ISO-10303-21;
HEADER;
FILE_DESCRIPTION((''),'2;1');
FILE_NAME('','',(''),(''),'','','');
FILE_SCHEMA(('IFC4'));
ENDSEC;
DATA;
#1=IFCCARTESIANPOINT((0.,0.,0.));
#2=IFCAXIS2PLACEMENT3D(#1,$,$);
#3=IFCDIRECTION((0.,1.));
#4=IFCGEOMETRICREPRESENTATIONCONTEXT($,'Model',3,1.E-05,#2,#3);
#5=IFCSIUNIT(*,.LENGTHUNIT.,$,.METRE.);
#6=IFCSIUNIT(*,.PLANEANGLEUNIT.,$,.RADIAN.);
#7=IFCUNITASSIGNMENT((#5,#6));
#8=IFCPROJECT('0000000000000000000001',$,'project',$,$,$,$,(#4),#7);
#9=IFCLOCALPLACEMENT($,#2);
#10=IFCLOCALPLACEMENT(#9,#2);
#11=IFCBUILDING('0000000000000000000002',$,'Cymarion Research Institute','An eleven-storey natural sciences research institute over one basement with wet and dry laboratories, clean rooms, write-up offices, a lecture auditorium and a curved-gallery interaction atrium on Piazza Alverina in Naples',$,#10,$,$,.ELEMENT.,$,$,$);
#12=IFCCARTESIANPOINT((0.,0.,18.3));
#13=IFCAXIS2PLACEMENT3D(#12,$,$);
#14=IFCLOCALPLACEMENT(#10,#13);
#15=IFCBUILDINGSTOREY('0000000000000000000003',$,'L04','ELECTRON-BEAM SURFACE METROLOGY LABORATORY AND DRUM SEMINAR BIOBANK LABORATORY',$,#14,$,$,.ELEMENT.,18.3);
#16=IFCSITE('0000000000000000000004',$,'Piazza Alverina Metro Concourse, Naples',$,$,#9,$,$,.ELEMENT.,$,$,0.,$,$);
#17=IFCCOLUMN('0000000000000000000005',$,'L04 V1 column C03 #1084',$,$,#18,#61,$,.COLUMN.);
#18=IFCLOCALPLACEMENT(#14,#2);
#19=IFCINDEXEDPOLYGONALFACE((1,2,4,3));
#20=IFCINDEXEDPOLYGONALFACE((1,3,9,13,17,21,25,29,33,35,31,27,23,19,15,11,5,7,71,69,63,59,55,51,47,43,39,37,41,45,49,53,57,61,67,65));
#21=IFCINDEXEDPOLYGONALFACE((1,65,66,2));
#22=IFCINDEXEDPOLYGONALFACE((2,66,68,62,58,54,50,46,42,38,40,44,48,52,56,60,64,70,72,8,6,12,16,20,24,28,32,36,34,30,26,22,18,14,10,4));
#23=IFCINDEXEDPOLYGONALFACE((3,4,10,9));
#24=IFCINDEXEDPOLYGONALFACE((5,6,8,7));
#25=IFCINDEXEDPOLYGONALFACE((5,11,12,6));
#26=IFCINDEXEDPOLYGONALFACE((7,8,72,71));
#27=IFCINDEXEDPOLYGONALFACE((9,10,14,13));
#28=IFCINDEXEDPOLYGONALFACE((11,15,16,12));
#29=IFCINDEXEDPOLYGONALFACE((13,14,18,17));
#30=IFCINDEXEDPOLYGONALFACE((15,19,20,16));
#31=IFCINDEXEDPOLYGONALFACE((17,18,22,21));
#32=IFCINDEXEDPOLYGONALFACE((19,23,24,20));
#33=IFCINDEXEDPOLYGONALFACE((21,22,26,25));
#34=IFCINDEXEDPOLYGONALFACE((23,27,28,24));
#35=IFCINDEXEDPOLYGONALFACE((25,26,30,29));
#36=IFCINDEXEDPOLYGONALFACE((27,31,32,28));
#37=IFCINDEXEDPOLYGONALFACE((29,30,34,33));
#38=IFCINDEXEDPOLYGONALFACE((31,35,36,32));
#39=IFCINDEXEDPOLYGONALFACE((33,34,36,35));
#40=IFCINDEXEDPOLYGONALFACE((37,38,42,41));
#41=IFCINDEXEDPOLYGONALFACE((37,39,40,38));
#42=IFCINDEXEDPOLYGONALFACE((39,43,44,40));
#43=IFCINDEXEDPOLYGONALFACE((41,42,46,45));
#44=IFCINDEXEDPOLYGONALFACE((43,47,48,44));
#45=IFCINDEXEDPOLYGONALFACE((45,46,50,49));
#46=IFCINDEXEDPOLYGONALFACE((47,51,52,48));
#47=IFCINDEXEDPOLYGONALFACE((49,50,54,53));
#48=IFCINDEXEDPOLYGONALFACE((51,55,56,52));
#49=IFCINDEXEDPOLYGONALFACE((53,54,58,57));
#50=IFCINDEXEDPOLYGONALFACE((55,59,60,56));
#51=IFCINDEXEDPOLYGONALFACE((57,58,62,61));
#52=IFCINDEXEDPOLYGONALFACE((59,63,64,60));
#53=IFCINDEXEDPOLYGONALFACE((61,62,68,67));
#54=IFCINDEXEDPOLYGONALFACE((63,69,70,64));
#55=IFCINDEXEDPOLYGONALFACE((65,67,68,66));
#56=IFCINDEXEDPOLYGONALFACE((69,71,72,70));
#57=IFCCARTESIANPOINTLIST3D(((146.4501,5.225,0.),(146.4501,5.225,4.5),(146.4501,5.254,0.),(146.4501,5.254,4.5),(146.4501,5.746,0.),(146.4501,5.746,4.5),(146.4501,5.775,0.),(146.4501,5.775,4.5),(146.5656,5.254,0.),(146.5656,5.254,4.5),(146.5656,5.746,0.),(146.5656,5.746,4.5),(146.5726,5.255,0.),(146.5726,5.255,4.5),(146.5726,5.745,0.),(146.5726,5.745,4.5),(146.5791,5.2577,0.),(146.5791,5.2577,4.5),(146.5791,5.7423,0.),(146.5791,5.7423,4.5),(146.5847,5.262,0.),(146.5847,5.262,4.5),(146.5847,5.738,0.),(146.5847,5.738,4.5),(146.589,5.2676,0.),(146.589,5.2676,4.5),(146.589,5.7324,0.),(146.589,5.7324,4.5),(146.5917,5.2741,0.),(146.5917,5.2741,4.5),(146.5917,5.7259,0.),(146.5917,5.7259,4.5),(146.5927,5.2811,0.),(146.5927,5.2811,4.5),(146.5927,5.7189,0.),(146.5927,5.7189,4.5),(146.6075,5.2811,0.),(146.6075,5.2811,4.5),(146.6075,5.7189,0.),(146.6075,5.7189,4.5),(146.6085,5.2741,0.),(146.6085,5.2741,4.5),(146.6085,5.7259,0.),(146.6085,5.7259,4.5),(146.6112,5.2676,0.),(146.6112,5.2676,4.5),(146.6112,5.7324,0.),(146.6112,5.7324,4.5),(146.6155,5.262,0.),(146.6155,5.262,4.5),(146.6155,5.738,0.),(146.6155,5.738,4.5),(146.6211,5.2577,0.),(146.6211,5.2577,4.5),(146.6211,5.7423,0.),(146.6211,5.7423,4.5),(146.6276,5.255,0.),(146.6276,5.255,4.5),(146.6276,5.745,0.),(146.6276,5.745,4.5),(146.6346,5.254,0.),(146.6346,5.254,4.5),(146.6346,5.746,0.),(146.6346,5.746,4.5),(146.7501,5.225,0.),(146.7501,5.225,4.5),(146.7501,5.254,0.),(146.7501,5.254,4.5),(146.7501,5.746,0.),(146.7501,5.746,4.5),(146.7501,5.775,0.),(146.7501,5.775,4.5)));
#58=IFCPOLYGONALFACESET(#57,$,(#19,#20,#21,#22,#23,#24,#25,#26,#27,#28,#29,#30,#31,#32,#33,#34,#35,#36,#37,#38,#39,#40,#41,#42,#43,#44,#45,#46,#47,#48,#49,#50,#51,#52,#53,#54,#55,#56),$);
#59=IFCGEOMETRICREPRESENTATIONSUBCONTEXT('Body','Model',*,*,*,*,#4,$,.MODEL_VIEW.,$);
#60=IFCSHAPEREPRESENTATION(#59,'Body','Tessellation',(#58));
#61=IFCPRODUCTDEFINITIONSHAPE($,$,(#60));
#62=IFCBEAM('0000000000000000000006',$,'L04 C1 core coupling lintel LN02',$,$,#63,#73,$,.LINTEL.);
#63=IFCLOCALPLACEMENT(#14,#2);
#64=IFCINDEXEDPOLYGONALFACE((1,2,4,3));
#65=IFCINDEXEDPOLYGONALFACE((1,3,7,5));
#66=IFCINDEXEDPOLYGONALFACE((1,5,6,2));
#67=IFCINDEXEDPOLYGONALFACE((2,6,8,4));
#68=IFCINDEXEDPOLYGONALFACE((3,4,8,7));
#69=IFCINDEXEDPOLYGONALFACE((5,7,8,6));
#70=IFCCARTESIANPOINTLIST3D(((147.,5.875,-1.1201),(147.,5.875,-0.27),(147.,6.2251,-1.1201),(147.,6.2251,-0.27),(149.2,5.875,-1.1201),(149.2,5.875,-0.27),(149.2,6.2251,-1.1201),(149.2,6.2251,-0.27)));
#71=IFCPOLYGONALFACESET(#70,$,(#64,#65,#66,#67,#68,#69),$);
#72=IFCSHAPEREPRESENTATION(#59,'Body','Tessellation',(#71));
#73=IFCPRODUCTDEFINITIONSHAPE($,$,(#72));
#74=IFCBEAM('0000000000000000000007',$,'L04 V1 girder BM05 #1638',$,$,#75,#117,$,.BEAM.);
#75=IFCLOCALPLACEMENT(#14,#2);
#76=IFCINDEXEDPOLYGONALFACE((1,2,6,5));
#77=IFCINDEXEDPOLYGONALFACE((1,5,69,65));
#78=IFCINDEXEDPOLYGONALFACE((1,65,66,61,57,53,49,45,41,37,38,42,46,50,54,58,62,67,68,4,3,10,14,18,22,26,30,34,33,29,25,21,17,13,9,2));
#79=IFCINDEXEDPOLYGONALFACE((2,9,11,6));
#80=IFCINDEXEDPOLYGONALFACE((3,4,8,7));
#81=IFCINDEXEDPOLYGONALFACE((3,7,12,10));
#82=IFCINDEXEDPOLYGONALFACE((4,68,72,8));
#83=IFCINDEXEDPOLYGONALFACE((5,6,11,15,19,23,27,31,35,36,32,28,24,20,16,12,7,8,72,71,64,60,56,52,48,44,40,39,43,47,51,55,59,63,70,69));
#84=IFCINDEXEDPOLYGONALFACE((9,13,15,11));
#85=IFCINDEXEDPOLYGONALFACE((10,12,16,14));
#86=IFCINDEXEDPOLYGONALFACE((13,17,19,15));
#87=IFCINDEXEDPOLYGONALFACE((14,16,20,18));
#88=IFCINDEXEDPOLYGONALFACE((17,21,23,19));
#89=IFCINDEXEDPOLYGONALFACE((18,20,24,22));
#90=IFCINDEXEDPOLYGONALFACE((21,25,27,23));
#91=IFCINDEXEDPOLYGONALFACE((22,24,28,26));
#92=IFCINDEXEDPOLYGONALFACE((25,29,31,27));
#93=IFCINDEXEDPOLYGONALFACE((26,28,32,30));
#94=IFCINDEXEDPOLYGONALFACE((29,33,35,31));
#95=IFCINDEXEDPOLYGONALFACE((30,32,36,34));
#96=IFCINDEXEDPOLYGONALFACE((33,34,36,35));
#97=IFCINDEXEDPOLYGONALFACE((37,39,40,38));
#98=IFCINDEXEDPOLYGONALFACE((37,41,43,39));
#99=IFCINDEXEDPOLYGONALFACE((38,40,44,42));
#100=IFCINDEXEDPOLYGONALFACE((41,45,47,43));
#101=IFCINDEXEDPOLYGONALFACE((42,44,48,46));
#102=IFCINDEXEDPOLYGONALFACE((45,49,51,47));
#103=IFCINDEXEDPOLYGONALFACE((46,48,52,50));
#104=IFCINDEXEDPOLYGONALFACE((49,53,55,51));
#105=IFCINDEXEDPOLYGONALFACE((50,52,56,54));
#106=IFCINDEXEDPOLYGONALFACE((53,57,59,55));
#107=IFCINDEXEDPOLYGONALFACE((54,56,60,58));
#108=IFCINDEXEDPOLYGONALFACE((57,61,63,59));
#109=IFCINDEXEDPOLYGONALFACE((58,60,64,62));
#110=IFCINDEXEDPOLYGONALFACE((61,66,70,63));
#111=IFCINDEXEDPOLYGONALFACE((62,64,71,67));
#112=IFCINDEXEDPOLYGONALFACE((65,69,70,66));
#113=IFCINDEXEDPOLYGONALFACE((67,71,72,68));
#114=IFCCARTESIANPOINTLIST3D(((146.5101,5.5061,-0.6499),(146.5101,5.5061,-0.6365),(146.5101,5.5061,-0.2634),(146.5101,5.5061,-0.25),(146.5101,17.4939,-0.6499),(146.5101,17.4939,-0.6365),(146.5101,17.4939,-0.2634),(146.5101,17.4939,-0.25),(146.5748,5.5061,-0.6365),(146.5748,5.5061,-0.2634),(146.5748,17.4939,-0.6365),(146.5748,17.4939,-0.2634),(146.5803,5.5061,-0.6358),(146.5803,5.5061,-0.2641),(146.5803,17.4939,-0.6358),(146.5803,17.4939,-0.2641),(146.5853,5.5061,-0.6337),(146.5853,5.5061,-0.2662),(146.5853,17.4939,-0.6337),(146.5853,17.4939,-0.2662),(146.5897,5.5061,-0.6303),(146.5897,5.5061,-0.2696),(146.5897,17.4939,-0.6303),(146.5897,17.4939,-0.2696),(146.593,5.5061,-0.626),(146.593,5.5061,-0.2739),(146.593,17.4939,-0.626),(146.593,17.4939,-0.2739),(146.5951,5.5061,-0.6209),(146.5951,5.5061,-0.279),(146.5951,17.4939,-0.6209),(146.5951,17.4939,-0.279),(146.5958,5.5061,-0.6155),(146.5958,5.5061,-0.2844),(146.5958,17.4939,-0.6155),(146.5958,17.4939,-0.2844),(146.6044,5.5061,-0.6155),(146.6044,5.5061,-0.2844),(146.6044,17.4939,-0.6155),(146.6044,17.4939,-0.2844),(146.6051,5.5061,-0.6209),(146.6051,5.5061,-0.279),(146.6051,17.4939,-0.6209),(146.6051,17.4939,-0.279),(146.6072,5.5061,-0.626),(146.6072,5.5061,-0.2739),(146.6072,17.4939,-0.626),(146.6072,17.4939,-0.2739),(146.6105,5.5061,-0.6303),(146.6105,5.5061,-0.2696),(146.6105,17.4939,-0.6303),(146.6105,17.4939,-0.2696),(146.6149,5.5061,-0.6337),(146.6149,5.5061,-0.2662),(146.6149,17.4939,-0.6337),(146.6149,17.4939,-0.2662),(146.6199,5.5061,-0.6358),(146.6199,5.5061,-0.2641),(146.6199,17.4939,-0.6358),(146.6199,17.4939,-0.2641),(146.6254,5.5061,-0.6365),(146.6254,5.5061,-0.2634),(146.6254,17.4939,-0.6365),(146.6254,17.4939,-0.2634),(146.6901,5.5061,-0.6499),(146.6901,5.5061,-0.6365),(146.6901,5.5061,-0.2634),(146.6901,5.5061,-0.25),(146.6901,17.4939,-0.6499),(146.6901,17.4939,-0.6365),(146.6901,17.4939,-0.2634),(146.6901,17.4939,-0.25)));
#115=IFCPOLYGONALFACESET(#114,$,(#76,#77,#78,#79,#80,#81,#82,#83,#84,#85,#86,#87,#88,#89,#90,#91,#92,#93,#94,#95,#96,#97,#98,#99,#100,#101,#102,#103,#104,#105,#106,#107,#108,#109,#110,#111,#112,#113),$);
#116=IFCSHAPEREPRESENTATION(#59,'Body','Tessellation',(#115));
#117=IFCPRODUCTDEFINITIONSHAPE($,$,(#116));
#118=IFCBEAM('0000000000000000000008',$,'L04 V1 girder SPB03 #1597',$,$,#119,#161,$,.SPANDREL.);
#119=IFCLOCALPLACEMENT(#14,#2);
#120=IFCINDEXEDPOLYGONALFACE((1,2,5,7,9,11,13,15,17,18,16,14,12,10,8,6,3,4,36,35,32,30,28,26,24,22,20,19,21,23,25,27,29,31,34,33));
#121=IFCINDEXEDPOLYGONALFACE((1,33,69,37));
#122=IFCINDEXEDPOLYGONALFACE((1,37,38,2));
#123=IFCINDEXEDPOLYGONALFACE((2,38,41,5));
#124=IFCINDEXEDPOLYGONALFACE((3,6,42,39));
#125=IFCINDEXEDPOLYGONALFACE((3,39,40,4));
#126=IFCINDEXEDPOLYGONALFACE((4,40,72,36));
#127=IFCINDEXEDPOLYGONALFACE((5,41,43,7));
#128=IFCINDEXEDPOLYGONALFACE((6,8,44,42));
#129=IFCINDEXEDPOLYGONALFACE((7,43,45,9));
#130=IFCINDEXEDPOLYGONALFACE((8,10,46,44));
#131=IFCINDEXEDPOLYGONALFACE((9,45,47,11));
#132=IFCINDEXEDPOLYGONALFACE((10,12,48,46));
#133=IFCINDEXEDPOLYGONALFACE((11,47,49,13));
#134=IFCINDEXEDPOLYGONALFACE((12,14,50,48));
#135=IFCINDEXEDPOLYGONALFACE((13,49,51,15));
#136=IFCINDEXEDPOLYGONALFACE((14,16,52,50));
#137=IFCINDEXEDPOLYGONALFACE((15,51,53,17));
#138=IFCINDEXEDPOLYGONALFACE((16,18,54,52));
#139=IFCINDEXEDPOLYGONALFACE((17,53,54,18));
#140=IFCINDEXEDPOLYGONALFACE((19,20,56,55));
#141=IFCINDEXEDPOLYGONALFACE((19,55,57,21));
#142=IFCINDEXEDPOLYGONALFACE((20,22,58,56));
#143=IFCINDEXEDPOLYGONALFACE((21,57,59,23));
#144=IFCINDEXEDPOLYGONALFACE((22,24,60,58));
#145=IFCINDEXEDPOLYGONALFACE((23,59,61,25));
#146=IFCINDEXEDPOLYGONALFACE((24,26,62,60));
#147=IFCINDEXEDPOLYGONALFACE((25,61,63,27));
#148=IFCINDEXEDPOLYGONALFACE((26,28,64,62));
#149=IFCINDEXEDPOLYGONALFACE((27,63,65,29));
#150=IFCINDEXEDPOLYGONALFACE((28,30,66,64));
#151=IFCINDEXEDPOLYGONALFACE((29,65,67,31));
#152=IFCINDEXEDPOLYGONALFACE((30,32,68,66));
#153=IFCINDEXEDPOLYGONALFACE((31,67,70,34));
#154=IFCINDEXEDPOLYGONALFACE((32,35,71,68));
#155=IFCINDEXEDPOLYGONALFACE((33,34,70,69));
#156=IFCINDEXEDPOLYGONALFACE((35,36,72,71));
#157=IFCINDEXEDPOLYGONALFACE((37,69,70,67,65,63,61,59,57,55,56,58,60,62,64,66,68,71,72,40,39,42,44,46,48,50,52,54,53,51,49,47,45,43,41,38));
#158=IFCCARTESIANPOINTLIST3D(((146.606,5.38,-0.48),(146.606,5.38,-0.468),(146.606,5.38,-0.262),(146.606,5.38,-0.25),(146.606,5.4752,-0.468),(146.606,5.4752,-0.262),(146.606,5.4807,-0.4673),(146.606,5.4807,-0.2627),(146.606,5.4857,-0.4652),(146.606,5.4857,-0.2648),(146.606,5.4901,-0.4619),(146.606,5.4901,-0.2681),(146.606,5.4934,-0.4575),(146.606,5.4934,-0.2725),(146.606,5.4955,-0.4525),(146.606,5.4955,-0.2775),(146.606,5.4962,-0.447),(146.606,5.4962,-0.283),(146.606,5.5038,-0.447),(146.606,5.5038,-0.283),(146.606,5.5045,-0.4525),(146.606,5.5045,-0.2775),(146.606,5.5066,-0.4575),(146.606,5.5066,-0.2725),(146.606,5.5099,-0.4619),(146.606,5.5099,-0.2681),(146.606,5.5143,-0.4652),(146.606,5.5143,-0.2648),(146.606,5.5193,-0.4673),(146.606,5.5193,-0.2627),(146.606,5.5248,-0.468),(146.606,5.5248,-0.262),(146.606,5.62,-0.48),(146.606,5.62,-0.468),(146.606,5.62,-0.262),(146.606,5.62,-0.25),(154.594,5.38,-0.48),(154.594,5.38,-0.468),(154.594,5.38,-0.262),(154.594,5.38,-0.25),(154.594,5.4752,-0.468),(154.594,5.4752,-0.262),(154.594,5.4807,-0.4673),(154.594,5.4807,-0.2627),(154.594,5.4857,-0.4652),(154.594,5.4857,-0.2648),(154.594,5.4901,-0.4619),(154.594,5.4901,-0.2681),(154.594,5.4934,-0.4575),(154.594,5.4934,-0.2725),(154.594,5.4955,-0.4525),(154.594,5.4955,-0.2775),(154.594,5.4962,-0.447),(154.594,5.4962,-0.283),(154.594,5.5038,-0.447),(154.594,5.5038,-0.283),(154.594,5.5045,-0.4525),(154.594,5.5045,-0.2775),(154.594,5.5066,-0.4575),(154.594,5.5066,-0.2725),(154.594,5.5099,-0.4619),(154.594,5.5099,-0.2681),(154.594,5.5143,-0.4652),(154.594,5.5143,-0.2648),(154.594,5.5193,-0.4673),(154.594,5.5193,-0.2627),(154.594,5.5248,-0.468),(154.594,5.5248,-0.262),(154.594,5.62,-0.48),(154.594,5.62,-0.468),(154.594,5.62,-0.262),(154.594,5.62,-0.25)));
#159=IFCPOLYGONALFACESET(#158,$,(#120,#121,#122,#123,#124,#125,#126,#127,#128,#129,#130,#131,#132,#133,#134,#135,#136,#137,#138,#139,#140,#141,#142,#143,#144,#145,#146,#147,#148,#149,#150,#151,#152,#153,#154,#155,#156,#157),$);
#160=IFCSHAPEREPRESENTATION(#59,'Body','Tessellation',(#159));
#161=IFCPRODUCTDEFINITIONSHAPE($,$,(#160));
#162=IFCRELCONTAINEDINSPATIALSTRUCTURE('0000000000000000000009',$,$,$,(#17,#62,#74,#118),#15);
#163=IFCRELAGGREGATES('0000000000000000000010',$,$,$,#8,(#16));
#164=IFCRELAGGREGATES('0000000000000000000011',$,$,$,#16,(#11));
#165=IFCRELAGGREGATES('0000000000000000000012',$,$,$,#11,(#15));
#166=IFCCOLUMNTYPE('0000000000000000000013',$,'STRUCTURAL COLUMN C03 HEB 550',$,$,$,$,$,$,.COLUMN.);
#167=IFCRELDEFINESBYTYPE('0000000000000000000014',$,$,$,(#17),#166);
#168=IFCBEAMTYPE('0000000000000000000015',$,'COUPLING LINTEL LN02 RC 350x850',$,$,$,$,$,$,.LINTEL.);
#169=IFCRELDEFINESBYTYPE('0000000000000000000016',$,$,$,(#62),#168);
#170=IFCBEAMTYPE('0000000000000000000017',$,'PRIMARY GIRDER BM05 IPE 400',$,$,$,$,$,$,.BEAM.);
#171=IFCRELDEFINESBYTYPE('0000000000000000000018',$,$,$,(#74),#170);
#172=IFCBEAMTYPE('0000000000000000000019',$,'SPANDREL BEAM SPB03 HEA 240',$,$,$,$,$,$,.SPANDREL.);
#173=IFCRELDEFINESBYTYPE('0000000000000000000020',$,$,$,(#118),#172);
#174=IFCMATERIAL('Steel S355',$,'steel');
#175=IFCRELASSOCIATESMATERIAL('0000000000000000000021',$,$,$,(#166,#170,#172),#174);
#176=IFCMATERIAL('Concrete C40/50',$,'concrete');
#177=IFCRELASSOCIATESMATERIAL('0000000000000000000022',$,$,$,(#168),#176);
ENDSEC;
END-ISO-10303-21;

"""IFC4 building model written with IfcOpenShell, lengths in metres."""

from ifc_helpers import new_model, si_unit, direction, frame, origin, origin_2d, place, context, subcontext, project, spatial, rectangle, i_section, extrude, material, material_profile, profile_set, type_object, element, save


model = new_model("IFC4")

# Units and contexts
model_context = context("Model", 3, precision=1e-05, world=origin(), true_north=direction((0.0, 1.0)))
body_context = subcontext(model_context, "Body", "Model", "MODEL_VIEW")
ifc_project = project(units=[si_unit("LENGTHUNIT", "METRE"), si_unit("PLANEANGLEUNIT", "RADIAN")], contexts=[model_context])

# Site, building, storey
site_placement = place(None, origin())
site = spatial("IfcSite", under=ifc_project, at=site_placement, Name="Piazza Alverina Metro Concourse, Naples", CompositionType="ELEMENT", RefElevation=0.0)
building_placement = place(site_placement, origin())
building = spatial("IfcBuilding", under=site, at=building_placement, Name="Cymarion Research Institute", Description="An eleven-storey natural sciences research institute over one basement with wet and dry laboratories, clean rooms, write-up offices, a lecture auditorium and a curved-gallery interaction atrium on Piazza Alverina in Naples", CompositionType="ELEMENT")
storey_placement = place(building_placement, frame((0.0, 0.0, 18.3)))
storey = spatial("IfcBuildingStorey", under=building, at=storey_placement, Name="L04", Description="ELECTRON-BEAM SURFACE METROLOGY LABORATORY AND DRUM SEMINAR BIOBANK LABORATORY", CompositionType="ELEMENT", Elevation=18.3)

# Column
ifc_material_1 = material(Name="Steel S355", Category="steel")
ifc_material_profile_1 = material_profile(ifc_material_1, i_section(OverallWidth=0.3, OverallDepth=0.55, WebThickness=0.0149, FlangeThickness=0.0291, FilletRadius=0.0271, at=origin_2d()), Name="HEB 550")
ifc_profile_set_1 = profile_set([ifc_material_profile_1], Name="Steel S355")
column_type = type_object("IfcColumnType", Name="STRUCTURAL COLUMN C03 HEB 550", PredefinedType="COLUMN", material=ifc_profile_set_1)
column_placement = place(storey_placement, frame((146.6001, 5.5, 0.0), z_axis=(0.0, 0.0, 1.0), x_axis=(1.0, 0.0, 0.0)))
element("IfcColumn", 1, at=column_placement, inside=storey, type_object=column_type, Name="L04 V1 column C03 #1084", PredefinedType="COLUMN", context=body_context, shape_type="SweptSolid", body=[
    extrude(i_section(OverallWidth=0.3, OverallDepth=0.55, WebThickness=0.0149, FlangeThickness=0.0291, FilletRadius=0.0271, at=origin_2d()), origin(), (0.0, 0.0, 1.0), 4.5),
])

# Beams
ifc_material_2 = material(Name="Concrete C40/50", Category="concrete")
ifc_material_profile_2 = material_profile(ifc_material_2, rectangle(XDim=0.3501, YDim=0.8501, at=origin_2d()), Name="RC 350x850")
ifc_profile_set_2 = profile_set([ifc_material_profile_2], Name="Concrete C40/50")
beam_type_1 = type_object("IfcBeamType", Name="COUPLING LINTEL LN02 RC 350x850", PredefinedType="LINTEL", material=ifc_profile_set_2)
beam_1_placement = place(storey_placement, frame((147.0, 6.05, -0.6951), z_axis=(1.0, 0.0, 0.0), x_axis=(0.0, 1.0, 0.0)))
element("IfcBeam", 2, at=beam_1_placement, inside=storey, type_object=beam_type_1, Name="L04 C1 core coupling lintel LN02", PredefinedType="LINTEL", context=body_context, shape_type="SweptSolid", body=[
    extrude(rectangle(XDim=0.3501, YDim=0.8501, at=origin_2d()), origin(), (0.0, 0.0, 1.0), 2.2),
])
ifc_material_profile_3 = material_profile(ifc_material_1, i_section(OverallWidth=0.1799, OverallDepth=0.3999, WebThickness=0.0085, FlangeThickness=0.0134, FilletRadius=0.021, at=origin_2d()), Name="IPE 400")
ifc_profile_set_3 = profile_set([ifc_material_profile_3], Name="Steel S355")
beam_type_2 = type_object("IfcBeamType", Name="PRIMARY GIRDER BM05 IPE 400", PredefinedType="BEAM", material=ifc_profile_set_3)
beam_2_placement = place(storey_placement, frame((146.6001, 5.5061, -0.45), z_axis=(0.0, 1.0, 0.0), x_axis=(-1.0, 0.0, 0.0)))
element("IfcBeam", 3, at=beam_2_placement, inside=storey, type_object=beam_type_2, Name="L04 V1 girder BM05 #1638", PredefinedType="BEAM", context=body_context, shape_type="SweptSolid", body=[
    extrude(i_section(OverallWidth=0.1799, OverallDepth=0.3999, WebThickness=0.0085, FlangeThickness=0.0134, FilletRadius=0.021, at=origin_2d()), origin(), (0.0, 0.0, 1.0), 11.9878),
])
ifc_material_profile_4 = material_profile(ifc_material_1, i_section(OverallWidth=0.24, OverallDepth=0.23, WebThickness=0.0076, FlangeThickness=0.012, FilletRadius=0.021, at=origin_2d()), Name="HEA 240")
ifc_profile_set_4 = profile_set([ifc_material_profile_4], Name="Steel S355")
beam_type_3 = type_object("IfcBeamType", Name="SPANDREL BEAM SPB03 HEA 240", PredefinedType="SPANDREL", material=ifc_profile_set_4)
beam_3_placement = place(storey_placement, frame((146.606, 5.5, -0.365), z_axis=(1.0, 0.0, 0.0), x_axis=(0.0, 1.0, 0.0)))
element("IfcBeam", 4, at=beam_3_placement, inside=storey, type_object=beam_type_3, Name="L04 V1 girder SPB03 #1597", PredefinedType="SPANDREL", context=body_context, shape_type="SweptSolid", body=[
    extrude(i_section(OverallWidth=0.24, OverallDepth=0.23, WebThickness=0.0076, FlangeThickness=0.012, FilletRadius=0.021, at=origin_2d()), origin(), (0.0, 0.0, 1.0), 7.988),
])

save(model, "model.ifc")
